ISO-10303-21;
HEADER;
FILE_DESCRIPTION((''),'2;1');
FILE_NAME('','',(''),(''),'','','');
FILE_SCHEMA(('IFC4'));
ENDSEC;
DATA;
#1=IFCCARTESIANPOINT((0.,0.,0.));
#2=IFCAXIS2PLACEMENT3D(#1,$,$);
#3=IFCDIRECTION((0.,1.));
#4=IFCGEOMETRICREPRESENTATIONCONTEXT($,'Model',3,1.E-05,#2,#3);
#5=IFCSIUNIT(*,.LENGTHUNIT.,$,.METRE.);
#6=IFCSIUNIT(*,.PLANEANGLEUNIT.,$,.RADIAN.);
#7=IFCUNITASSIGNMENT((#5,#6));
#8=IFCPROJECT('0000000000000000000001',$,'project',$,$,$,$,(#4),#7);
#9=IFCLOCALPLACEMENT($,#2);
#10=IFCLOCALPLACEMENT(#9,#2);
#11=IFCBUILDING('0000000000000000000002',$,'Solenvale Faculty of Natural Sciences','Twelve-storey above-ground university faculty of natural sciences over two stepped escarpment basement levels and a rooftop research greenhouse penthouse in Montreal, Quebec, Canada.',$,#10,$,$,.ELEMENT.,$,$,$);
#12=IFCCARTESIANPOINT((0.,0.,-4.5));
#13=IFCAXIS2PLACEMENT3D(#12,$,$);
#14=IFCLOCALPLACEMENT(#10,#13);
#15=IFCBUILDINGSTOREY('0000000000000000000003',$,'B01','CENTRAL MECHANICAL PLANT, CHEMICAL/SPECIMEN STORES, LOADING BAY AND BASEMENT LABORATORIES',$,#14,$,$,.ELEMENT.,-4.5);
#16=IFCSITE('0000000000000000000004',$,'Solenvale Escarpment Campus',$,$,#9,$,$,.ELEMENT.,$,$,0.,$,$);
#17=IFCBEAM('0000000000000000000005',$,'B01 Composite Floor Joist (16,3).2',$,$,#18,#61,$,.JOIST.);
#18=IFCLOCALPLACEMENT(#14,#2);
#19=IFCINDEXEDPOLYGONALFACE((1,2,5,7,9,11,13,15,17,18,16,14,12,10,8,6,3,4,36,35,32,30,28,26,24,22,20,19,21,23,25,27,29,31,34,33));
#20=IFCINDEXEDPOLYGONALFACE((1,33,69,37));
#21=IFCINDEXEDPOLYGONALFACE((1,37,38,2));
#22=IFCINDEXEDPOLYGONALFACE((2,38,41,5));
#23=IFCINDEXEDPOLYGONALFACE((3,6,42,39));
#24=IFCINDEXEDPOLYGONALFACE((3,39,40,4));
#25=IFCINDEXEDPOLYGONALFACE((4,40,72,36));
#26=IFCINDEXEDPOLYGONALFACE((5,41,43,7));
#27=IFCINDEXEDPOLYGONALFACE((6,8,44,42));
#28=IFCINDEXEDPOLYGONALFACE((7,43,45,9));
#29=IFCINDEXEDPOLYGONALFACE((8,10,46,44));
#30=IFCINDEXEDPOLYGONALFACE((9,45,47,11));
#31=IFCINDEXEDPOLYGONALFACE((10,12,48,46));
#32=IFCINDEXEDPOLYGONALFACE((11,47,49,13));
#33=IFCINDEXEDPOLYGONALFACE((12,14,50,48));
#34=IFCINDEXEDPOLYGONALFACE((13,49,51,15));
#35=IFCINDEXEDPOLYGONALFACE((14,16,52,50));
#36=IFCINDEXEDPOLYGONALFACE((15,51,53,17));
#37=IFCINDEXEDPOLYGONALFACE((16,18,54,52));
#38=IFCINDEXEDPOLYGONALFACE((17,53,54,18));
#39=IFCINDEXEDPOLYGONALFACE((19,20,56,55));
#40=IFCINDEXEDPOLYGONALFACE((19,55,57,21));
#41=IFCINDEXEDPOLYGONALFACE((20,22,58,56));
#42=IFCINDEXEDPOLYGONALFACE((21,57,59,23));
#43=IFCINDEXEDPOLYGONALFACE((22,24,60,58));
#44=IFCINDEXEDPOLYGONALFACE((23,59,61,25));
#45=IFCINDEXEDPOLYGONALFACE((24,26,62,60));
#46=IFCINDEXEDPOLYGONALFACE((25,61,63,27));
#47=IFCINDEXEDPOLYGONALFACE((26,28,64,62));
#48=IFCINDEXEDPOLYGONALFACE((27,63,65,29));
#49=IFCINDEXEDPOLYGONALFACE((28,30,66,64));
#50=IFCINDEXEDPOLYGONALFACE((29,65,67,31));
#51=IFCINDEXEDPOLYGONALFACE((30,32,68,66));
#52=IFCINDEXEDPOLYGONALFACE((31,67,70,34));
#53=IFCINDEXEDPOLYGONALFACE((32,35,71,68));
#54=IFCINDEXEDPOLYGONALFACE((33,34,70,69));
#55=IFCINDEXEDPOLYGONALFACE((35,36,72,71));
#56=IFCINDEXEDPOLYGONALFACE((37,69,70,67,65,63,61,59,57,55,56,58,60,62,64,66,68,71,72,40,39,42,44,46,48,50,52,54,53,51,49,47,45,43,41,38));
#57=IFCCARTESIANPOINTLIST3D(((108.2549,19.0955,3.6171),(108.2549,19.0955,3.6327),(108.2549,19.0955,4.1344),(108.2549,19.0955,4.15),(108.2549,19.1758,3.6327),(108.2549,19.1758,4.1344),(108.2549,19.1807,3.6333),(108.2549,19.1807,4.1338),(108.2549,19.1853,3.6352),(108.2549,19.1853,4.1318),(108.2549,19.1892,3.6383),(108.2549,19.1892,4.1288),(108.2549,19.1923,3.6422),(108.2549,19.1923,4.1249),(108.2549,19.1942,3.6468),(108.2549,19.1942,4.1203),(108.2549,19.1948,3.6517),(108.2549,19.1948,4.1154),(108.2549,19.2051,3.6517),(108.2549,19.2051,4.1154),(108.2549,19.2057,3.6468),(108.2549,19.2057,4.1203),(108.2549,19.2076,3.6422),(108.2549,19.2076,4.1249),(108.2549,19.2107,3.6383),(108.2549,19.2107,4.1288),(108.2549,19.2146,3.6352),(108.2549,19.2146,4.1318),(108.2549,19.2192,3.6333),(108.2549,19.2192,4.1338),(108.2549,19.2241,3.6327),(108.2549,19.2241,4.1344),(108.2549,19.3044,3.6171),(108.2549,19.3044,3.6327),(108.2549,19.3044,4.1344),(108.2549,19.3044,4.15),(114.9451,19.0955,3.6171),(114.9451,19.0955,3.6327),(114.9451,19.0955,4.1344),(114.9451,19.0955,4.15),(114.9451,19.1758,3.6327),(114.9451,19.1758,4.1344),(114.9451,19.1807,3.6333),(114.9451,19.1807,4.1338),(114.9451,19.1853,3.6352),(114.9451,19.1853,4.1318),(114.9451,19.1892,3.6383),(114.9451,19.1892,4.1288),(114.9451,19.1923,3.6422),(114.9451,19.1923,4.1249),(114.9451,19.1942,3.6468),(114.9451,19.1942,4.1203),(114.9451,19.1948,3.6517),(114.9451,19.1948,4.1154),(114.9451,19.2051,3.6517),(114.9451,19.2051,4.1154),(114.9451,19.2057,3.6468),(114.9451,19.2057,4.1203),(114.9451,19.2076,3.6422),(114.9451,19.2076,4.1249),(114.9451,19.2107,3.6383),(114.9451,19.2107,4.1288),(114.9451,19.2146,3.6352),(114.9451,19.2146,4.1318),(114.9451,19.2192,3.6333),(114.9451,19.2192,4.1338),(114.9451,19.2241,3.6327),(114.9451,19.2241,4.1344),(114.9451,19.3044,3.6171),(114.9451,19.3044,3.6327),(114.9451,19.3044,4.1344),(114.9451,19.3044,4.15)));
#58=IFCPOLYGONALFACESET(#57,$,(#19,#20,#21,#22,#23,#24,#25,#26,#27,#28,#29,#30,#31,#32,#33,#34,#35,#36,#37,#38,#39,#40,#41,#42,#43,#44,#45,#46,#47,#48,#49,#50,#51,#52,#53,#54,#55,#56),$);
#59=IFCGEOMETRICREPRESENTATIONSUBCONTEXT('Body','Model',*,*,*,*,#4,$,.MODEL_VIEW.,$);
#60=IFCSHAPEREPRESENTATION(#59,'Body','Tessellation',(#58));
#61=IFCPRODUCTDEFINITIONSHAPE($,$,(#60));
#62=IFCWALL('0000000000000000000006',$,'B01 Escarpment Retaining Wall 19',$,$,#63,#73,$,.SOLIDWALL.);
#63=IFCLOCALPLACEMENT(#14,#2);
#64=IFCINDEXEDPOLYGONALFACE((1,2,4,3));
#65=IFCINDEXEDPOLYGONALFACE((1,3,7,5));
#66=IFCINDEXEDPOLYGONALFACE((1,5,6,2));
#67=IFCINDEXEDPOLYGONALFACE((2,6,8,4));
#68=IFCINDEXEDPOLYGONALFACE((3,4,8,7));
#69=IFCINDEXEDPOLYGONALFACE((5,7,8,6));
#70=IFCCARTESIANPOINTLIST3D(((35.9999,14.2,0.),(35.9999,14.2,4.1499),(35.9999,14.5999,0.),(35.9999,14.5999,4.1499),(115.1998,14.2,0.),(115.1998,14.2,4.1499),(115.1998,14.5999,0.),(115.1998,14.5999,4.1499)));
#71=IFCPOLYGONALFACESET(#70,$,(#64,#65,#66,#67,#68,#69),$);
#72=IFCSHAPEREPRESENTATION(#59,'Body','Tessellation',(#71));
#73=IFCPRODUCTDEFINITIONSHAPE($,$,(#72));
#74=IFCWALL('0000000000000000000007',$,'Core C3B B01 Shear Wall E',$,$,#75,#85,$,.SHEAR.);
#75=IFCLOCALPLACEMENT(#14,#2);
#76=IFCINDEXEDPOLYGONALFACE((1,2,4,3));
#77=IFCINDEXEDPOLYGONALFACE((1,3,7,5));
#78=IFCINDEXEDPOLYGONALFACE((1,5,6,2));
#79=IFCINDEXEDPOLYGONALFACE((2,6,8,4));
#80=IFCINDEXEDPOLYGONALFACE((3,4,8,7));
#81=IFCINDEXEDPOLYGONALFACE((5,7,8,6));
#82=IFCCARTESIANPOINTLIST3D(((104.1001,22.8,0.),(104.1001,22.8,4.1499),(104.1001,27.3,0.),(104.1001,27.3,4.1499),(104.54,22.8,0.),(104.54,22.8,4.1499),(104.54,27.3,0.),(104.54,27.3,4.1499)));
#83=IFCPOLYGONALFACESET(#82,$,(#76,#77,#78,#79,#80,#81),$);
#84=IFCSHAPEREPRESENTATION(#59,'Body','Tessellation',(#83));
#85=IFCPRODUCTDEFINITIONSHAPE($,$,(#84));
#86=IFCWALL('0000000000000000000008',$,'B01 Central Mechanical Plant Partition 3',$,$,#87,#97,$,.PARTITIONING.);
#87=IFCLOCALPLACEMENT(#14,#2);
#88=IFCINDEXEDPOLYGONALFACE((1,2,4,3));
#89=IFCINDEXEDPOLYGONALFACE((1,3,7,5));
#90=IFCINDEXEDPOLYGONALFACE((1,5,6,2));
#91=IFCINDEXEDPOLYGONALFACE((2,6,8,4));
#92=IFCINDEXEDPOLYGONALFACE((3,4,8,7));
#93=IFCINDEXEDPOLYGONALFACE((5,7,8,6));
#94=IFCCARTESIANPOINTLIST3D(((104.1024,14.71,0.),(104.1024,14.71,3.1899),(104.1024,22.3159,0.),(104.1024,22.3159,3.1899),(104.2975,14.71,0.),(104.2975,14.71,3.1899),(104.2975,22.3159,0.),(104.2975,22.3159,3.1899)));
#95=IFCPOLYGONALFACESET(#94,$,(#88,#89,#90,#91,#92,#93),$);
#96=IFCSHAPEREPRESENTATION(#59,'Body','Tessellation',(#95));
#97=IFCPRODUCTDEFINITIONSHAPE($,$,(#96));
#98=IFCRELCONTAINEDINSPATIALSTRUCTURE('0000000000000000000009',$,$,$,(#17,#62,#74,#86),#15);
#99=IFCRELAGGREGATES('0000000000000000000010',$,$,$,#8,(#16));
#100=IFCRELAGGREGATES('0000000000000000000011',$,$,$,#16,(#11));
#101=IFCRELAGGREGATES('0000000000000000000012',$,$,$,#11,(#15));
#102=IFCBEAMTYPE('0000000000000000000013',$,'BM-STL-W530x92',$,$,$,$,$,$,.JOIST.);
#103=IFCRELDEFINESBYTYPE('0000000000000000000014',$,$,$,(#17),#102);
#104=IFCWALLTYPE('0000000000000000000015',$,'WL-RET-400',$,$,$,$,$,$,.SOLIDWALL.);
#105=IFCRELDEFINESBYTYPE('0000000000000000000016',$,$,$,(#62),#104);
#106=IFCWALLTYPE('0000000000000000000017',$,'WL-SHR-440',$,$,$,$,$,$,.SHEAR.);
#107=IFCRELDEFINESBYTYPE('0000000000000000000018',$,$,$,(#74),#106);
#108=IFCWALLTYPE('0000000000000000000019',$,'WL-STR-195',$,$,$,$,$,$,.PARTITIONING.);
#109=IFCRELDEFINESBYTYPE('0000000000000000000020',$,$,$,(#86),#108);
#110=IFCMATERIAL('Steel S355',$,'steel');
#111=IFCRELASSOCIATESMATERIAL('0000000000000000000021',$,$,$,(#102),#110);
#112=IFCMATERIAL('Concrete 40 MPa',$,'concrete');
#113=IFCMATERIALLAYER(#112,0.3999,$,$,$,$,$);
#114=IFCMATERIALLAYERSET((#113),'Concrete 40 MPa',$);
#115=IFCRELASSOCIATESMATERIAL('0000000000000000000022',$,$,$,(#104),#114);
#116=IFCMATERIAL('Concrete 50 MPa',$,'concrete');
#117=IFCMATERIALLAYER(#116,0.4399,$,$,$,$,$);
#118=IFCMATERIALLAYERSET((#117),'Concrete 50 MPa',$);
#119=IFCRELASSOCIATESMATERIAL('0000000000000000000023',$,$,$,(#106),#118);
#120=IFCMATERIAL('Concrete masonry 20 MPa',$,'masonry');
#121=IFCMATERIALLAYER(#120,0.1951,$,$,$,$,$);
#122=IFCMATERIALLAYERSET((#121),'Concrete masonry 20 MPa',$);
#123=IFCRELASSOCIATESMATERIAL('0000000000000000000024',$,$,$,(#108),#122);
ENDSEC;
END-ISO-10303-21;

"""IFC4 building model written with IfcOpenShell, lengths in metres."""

from ifc_helpers import new_model, si_unit, direction, frame, frame_2d, origin, origin_2d, place, context, subcontext, project, spatial, rectangle, i_section, extrude, material, layer, layer_set, material_profile, profile_set, type_object, element, save


model = new_model("IFC4")

# Units and contexts
model_context = context("Model", 3, precision=1e-05, world=origin(), true_north=direction((0.0, 1.0)))
body_context = subcontext(model_context, "Body", "Model", "MODEL_VIEW")
ifc_project = project(units=[si_unit("LENGTHUNIT", "METRE"), si_unit("PLANEANGLEUNIT", "RADIAN")], contexts=[model_context])

# Site, building, storey
site_placement = place(None, origin())
site = spatial("IfcSite", under=ifc_project, at=site_placement, Name="Solenvale Escarpment Campus", CompositionType="ELEMENT", RefElevation=0.0)
building_placement = place(site_placement, origin())
building = spatial("IfcBuilding", under=site, at=building_placement, Name="Solenvale Faculty of Natural Sciences", Description="Twelve-storey above-ground university faculty of natural sciences over two stepped escarpment basement levels and a rooftop research greenhouse penthouse in Montreal, Quebec, Canada.", CompositionType="ELEMENT")
storey_placement = place(building_placement, frame((0.0, 0.0, -4.5)))
storey = spatial("IfcBuildingStorey", under=building, at=storey_placement, Name="B01", Description="CENTRAL MECHANICAL PLANT, CHEMICAL/SPECIMEN STORES, LOADING BAY AND BASEMENT LABORATORIES", CompositionType="ELEMENT", Elevation=-4.5)

# Shared definitions
ifc_material_1 = material(Name="Concrete 40 MPa", Category="concrete")

# Shared definitions
ifc_material_2 = material(Name="Concrete 50 MPa", Category="concrete")

# Beam
ifc_material_3 = material(Name="Steel S355", Category="steel")
ifc_material_profile_1 = material_profile(ifc_material_3, i_section(OverallWidth=0.209, OverallDepth=0.533, WebThickness=0.0103, FlangeThickness=0.0156, FilletRadius=0.019, at=origin_2d()), Name="W530x92")
ifc_profile_set_1 = profile_set([ifc_material_profile_1], Name="Steel S355")
beam_type_1 = type_object("IfcBeamType", Name="BM-STL-W530x92", PredefinedType="JOIST", material=ifc_profile_set_1)
for number, where, z_axis, x_axis, name in (
    (1, (108.2549, 19.2, 3.8835), (1.0, 0.0, 0.0), (0.0, 1.0, 0.0), "B01 Composite Floor Joist (16,3).2"),
):
    element("IfcBeam", number, at=place(storey_placement, frame(where, z_axis=z_axis, x_axis=x_axis)), inside=storey, type_object=beam_type_1, Name=name, PredefinedType="JOIST", context=body_context, shape_type="SweptSolid", body=[
        extrude(i_section(OverallWidth=0.209, OverallDepth=0.533, WebThickness=0.0103, FlangeThickness=0.0156, FilletRadius=0.019, at=origin_2d()), origin(), (0.0, 0.0, 1.0), 6.6902),
    ])

# Walls
ifc_layer_1 = layer(ifc_material_1, 0.3999)
ifc_layer_set_1 = layer_set([ifc_layer_1], Name="Concrete 40 MPa")
wall_type_1 = type_object("IfcWallType", Name="WL-RET-400", PredefinedType="SOLIDWALL", material=ifc_layer_set_1)
wall_1_placement = place(storey_placement, frame((115.2, 14.3999, 0.0), z_axis=(0.0, 0.0, 1.0), x_axis=(-1.0, 0.0, 0.0)))
element("IfcWall", 2, at=wall_1_placement, inside=storey, type_object=wall_type_1, Name="B01 Escarpment Retaining Wall 19", PredefinedType="SOLIDWALL", context=body_context, shape_type="SweptSolid", body=[
    extrude(rectangle(XDim=79.2, YDim=0.3999, at=frame_2d((39.6001, 0.0))), origin(), (0.0, 0.0, 1.0), 4.1499),
])
ifc_layer_2 = layer(ifc_material_2, 0.4399)
ifc_layer_set_2 = layer_set([ifc_layer_2], Name="Concrete 50 MPa")
wall_type_2 = type_object("IfcWallType", Name="WL-SHR-440", PredefinedType="SHEAR", material=ifc_layer_set_2)
wall_2_placement = place(storey_placement, frame((104.3201, 22.8, 0.0), z_axis=(0.0, 0.0, 1.0), x_axis=(0.0, 1.0, 0.0)))
element("IfcWall", 3, at=wall_2_placement, inside=storey, type_object=wall_type_2, Name="Core C3B B01 Shear Wall E", PredefinedType="SHEAR", context=body_context, shape_type="SweptSolid", body=[
    extrude(rectangle(XDim=4.5, YDim=0.4399, at=frame_2d((2.25, 0.0))), origin(), (0.0, 0.0, 1.0), 4.1499),
])
ifc_material_4 = material(Name="Concrete masonry 20 MPa", Category="masonry")
ifc_layer_3 = layer(ifc_material_4, 0.1951)
ifc_layer_set_3 = layer_set([ifc_layer_3], Name="Concrete masonry 20 MPa")
wall_type_3 = type_object("IfcWallType", Name="WL-STR-195", PredefinedType="PARTITIONING", material=ifc_layer_set_3)
wall_3_placement = place(storey_placement, frame((104.2, 14.71, 0.0), z_axis=(0.0, 0.0, 1.0), x_axis=(0.0, 1.0, 0.0)))
element("IfcWall", 4, at=wall_3_placement, inside=storey, type_object=wall_type_3, Name="B01 Central Mechanical Plant Partition 3", PredefinedType="PARTITIONING", context=body_context, shape_type="SweptSolid", body=[
    extrude(rectangle(XDim=7.606, YDim=0.1951, at=frame_2d((3.803, 0.0))), origin(), (0.0, 0.0, 1.0), 3.1899),
])

save(model, "model.ifc")
